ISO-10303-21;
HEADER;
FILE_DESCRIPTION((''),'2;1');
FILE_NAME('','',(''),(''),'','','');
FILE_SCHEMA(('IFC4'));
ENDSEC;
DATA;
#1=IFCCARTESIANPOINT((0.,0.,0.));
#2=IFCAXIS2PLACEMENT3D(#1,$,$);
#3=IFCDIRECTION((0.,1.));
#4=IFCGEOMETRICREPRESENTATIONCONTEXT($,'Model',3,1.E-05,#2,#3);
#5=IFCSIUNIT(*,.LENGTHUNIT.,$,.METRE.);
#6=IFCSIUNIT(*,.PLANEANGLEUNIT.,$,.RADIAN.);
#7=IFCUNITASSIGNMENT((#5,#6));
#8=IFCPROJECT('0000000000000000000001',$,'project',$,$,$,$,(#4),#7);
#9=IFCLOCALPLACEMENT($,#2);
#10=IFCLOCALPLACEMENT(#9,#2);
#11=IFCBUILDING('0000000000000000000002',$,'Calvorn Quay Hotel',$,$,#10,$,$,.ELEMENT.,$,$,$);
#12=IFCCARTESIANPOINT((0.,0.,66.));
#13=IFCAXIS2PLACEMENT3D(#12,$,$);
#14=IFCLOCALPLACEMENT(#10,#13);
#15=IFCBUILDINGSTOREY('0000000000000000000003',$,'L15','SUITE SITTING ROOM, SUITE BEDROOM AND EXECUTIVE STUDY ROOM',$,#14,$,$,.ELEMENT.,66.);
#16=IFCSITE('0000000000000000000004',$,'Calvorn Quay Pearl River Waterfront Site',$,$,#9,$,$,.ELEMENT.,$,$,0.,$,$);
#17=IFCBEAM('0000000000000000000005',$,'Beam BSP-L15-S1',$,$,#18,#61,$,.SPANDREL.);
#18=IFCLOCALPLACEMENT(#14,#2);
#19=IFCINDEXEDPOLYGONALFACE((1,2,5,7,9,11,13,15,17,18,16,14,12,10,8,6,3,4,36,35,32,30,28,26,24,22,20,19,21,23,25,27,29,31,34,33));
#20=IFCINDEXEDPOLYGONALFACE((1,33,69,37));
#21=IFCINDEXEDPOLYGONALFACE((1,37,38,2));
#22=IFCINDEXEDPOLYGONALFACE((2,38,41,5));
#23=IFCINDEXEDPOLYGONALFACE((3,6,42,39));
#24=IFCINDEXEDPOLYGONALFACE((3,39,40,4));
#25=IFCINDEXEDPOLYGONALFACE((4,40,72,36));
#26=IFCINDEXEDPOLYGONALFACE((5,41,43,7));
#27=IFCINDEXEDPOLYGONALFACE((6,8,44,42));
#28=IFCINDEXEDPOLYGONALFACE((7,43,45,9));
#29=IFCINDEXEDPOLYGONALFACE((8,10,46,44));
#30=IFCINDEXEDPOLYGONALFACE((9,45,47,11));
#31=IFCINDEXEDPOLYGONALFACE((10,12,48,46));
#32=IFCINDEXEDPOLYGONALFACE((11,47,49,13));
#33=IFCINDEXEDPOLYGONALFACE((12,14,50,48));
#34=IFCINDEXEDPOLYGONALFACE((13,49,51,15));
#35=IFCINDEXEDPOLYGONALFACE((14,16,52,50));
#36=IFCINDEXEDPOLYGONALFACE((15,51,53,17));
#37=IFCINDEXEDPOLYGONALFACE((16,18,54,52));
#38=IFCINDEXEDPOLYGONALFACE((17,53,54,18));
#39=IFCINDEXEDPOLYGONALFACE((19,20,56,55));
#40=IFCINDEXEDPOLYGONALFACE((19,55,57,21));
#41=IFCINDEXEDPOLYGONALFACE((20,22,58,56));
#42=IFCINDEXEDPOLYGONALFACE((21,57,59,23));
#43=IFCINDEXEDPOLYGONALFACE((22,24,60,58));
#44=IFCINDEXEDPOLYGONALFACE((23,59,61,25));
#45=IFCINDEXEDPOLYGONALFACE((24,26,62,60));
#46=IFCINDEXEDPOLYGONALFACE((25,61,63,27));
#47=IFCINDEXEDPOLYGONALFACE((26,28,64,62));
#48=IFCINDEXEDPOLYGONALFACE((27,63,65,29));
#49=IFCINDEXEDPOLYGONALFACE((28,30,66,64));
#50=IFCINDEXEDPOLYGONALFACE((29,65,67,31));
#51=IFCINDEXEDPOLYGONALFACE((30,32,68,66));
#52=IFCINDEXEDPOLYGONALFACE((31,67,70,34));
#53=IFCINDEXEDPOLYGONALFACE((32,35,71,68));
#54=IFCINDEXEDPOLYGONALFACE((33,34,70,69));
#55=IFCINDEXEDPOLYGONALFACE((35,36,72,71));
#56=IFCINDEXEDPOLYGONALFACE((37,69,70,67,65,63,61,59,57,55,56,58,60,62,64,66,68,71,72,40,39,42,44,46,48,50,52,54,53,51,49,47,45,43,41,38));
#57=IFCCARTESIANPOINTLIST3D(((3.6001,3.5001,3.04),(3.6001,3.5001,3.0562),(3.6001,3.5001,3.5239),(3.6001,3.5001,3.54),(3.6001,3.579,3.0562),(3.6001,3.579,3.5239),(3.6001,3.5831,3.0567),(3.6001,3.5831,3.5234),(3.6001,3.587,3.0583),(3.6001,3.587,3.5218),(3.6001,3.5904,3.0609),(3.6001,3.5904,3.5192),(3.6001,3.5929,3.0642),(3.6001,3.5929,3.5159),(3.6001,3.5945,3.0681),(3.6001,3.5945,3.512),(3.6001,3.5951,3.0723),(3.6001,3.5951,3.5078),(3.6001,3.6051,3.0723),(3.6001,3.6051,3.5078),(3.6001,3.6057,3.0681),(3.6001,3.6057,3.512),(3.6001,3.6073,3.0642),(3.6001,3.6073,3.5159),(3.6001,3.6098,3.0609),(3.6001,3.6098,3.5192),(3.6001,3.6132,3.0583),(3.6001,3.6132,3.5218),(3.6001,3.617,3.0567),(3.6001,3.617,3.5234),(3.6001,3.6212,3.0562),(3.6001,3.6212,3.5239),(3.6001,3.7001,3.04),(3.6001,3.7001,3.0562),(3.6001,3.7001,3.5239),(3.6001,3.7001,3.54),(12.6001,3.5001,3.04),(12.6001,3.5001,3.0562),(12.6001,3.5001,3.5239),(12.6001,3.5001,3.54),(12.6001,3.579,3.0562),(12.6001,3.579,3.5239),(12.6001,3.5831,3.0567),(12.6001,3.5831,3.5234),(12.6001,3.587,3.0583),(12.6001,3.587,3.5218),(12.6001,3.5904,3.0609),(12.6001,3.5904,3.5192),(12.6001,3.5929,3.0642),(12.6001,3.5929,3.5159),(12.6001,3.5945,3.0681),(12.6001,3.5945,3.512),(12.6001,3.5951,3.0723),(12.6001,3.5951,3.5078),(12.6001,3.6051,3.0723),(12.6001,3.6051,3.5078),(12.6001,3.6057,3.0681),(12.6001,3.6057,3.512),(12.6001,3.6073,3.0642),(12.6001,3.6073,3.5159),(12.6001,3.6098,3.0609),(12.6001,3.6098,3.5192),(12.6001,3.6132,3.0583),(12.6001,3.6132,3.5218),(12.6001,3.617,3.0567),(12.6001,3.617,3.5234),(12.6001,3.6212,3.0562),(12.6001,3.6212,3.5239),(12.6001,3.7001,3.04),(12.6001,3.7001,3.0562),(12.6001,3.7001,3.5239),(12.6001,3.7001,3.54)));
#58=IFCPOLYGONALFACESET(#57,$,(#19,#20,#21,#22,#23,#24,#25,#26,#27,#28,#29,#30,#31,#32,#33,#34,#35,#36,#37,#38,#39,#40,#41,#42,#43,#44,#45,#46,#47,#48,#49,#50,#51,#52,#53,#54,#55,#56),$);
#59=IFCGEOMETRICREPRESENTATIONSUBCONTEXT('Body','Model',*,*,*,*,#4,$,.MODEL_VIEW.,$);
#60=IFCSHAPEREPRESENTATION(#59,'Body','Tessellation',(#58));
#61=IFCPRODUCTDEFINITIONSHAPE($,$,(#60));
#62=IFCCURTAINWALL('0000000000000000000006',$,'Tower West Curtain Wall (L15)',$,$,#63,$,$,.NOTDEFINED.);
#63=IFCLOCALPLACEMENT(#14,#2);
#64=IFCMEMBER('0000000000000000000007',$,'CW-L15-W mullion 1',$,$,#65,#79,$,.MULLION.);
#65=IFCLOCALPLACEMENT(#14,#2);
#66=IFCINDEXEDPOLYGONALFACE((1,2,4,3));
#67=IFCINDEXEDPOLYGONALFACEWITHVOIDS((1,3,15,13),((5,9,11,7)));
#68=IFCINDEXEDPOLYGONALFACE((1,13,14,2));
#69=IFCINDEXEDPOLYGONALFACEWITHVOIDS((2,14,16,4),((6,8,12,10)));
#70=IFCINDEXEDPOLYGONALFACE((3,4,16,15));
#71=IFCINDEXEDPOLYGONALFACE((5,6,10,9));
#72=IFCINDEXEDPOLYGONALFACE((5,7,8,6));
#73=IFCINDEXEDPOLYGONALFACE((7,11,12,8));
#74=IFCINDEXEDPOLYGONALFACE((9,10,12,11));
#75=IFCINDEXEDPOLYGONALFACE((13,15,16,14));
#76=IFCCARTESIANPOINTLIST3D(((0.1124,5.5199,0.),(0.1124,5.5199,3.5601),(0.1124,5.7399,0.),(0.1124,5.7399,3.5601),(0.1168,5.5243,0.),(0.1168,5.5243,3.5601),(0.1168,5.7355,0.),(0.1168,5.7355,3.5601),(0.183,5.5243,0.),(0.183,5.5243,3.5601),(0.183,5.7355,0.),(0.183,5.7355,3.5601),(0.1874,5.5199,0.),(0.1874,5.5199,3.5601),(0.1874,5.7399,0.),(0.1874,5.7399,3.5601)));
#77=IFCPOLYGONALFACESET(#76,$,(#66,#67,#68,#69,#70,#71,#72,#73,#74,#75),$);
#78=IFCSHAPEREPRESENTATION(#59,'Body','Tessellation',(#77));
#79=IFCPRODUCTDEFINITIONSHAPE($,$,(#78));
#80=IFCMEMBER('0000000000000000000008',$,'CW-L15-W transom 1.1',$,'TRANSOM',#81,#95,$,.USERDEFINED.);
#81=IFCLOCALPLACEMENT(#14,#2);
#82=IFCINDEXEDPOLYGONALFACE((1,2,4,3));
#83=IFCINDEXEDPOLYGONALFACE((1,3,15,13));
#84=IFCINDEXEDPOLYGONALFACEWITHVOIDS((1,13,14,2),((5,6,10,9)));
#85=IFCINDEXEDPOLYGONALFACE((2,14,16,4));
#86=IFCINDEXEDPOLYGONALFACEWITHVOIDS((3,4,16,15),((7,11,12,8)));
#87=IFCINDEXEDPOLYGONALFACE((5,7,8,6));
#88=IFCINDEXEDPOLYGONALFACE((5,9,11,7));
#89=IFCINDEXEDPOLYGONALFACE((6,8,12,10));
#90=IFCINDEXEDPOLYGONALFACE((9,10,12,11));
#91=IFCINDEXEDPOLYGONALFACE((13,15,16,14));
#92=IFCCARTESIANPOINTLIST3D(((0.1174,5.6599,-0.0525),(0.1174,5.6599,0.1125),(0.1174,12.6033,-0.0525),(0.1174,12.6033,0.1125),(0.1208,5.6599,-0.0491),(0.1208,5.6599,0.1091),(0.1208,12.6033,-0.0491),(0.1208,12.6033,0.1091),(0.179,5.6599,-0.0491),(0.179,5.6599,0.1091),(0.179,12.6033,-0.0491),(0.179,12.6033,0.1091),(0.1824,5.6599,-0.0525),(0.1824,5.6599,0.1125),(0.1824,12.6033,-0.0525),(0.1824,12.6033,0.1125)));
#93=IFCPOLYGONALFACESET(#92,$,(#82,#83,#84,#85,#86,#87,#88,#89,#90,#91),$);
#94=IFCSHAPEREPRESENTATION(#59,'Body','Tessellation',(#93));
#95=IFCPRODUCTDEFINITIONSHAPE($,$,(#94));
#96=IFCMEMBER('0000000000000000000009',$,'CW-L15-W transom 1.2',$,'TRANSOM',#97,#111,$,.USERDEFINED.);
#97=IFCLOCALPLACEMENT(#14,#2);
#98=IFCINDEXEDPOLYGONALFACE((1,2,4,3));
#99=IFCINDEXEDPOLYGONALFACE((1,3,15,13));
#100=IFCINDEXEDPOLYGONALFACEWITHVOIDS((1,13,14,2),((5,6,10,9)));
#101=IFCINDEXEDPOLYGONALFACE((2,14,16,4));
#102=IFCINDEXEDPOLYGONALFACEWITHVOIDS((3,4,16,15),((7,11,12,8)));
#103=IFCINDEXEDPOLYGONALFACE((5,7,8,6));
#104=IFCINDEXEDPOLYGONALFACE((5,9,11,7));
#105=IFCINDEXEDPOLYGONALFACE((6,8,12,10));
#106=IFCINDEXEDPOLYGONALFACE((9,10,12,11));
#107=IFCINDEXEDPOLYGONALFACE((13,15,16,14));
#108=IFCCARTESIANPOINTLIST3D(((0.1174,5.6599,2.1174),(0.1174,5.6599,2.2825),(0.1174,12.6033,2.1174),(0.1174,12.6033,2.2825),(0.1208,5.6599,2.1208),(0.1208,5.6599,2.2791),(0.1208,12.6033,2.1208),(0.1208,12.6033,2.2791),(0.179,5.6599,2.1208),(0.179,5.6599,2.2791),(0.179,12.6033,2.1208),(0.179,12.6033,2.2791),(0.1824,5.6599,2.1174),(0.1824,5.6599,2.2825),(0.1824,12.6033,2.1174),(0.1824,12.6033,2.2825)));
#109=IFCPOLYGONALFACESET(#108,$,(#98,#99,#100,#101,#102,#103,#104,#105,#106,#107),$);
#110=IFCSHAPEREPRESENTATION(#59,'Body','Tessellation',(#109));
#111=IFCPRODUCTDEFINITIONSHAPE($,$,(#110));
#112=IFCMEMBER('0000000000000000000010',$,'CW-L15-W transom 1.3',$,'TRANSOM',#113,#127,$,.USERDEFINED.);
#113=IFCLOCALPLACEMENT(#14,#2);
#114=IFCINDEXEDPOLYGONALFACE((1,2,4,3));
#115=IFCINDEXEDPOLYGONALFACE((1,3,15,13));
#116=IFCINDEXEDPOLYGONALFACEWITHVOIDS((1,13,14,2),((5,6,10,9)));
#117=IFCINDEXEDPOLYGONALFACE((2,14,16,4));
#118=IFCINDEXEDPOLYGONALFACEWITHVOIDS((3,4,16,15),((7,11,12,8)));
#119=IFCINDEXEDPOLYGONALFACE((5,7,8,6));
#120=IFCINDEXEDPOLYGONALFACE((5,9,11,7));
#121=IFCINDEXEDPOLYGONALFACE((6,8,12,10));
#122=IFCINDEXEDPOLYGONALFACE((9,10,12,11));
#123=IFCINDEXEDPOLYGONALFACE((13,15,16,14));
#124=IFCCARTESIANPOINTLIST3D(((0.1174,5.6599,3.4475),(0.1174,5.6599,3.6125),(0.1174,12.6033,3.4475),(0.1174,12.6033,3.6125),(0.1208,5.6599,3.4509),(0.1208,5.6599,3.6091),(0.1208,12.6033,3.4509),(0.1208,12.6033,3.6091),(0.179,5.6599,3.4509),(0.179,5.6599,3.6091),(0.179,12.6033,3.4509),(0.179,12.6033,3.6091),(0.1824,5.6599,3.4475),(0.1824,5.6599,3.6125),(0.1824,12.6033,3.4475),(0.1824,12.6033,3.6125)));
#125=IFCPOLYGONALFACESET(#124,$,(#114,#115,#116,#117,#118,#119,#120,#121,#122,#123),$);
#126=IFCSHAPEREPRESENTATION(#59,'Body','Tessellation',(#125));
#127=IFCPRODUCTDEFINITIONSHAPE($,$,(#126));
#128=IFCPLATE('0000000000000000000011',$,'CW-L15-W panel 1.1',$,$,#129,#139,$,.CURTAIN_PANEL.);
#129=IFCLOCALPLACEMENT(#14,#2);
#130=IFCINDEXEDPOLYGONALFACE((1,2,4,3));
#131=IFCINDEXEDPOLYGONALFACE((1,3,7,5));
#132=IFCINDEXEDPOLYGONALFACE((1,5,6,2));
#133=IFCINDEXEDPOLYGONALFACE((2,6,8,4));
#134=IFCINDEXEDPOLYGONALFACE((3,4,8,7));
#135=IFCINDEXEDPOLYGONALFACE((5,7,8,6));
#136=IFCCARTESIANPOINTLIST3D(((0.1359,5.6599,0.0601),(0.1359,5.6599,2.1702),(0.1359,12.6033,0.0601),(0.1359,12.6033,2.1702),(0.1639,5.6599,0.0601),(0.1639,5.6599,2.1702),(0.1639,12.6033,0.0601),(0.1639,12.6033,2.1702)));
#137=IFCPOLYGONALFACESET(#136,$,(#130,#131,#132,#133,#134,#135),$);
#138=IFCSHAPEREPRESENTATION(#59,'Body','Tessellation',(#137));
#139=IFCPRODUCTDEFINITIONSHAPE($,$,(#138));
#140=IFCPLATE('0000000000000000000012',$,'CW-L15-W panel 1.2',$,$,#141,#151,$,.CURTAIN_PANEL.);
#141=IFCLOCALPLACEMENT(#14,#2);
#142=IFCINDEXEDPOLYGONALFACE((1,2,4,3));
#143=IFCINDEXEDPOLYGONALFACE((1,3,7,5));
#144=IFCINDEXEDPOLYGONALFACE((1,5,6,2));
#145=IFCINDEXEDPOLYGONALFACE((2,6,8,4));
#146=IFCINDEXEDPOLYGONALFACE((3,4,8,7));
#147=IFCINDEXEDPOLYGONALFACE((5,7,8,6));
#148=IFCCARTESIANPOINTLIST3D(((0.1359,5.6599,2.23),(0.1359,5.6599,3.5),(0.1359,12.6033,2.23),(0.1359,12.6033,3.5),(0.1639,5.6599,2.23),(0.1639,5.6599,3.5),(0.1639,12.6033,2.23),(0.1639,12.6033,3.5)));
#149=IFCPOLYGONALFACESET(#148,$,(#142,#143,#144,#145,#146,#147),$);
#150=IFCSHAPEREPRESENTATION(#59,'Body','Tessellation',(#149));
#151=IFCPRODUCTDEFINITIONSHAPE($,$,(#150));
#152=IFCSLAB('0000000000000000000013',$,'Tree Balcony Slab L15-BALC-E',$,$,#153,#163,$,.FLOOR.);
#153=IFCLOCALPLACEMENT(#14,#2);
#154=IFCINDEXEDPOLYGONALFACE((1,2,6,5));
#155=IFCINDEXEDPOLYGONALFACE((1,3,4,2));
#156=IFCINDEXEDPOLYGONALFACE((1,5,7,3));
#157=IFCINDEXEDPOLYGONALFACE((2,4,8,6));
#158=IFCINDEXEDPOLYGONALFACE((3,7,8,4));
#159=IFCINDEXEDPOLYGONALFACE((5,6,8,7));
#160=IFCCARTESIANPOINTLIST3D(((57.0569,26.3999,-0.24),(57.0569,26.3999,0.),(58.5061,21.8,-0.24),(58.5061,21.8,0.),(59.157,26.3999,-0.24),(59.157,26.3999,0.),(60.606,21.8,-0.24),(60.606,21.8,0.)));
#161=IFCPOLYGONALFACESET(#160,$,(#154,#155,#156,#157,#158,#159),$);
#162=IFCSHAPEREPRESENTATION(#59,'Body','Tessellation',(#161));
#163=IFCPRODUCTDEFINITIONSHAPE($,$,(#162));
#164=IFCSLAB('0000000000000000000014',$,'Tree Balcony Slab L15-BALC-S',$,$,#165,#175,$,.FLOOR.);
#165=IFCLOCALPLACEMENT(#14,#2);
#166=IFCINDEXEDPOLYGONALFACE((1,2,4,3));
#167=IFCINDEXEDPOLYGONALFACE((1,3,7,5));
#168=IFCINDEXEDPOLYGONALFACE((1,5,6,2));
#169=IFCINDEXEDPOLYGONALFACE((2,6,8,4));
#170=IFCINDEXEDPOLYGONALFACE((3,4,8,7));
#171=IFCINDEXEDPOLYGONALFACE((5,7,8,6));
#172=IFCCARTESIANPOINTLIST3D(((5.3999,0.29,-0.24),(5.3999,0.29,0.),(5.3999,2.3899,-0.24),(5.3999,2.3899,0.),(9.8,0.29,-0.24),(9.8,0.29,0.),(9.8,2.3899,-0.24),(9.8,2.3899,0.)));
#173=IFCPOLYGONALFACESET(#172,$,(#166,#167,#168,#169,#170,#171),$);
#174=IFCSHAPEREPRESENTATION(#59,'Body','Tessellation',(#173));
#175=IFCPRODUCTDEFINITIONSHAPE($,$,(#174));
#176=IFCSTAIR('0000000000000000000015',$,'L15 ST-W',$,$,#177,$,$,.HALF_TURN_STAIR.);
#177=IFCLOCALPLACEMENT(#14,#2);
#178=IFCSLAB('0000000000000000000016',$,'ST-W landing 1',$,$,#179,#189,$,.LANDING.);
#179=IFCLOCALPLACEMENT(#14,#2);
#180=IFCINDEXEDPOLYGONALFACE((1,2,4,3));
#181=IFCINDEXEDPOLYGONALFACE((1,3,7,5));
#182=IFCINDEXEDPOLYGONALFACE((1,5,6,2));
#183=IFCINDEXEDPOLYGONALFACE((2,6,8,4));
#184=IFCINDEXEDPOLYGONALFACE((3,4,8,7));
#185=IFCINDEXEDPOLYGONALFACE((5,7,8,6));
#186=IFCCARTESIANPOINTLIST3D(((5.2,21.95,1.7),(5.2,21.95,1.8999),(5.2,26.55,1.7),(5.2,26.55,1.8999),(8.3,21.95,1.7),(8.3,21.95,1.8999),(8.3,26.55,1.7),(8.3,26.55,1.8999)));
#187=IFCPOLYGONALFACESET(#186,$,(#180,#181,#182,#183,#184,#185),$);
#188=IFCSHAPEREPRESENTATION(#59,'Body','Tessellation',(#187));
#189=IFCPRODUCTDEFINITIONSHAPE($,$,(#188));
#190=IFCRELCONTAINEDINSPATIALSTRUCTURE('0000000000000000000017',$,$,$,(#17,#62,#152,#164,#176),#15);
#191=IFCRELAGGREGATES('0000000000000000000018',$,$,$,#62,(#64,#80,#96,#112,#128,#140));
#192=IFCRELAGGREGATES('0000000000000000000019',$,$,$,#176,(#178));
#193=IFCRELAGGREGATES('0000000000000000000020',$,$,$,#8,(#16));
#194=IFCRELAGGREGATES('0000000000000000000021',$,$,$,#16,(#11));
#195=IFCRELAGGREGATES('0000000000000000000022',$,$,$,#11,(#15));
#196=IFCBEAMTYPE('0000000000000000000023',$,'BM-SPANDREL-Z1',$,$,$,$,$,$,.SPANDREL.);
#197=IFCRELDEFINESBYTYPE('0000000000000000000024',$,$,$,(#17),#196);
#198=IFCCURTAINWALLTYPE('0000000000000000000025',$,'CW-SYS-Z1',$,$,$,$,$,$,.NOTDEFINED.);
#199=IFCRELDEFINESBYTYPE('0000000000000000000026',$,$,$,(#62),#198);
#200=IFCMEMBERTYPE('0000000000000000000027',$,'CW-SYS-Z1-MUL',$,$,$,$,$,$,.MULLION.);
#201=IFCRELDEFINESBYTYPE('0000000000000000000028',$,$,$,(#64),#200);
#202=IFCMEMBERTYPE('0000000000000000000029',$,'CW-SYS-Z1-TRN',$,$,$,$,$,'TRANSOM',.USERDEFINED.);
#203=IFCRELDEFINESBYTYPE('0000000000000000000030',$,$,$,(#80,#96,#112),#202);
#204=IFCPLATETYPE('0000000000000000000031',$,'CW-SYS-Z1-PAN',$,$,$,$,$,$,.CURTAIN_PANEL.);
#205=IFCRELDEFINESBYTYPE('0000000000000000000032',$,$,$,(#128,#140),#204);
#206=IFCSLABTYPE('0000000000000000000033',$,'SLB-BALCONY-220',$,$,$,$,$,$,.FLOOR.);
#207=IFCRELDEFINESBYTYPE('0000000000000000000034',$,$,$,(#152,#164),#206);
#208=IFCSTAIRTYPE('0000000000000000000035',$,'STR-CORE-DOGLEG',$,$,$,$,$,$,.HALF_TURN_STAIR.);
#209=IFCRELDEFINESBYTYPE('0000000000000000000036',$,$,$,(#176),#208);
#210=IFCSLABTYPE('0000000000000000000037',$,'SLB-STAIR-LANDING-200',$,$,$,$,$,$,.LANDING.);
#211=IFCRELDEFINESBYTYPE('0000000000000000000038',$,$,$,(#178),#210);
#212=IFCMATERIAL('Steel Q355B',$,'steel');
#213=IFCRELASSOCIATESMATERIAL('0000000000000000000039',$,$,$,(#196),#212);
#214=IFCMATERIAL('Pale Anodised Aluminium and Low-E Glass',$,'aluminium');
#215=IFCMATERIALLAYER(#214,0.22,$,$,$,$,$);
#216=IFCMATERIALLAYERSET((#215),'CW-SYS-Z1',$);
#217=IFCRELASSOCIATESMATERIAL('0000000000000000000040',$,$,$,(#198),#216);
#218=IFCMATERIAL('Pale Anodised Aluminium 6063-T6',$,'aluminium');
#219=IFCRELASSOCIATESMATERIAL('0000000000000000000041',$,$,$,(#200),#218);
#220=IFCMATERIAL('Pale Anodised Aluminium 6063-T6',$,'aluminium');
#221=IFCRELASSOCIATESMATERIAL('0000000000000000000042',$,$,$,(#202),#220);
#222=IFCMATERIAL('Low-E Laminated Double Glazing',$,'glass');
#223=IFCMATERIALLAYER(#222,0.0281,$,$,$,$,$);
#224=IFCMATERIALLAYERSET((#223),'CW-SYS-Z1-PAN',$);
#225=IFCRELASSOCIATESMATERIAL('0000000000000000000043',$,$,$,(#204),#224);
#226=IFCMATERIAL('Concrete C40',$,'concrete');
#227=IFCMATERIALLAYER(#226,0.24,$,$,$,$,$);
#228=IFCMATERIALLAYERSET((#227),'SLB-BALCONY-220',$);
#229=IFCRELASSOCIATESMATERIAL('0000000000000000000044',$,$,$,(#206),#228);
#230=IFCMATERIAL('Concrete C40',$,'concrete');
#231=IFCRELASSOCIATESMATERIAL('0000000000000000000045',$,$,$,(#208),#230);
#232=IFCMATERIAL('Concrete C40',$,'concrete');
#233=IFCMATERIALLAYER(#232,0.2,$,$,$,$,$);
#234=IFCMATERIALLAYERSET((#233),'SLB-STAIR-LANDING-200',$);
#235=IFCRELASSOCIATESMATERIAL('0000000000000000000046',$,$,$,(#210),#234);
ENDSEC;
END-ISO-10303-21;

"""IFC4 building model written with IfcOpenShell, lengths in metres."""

from ifc_helpers import new_model, si_unit, direction, frame, origin, origin_2d, place, context, subcontext, project, spatial, polyline, rectangle, hollow_rectangle, i_section, outline, extrude, material, layer, layer_set, material_profile, profile_set, type_object, element, aggregate, save


model = new_model("IFC4")

# Units and contexts
model_context = context("Model", 3, precision=1e-05, world=origin(), true_north=direction((0.0, 1.0)))
body_context = subcontext(model_context, "Body", "Model", "MODEL_VIEW")
ifc_project = project(units=[si_unit("LENGTHUNIT", "METRE"), si_unit("PLANEANGLEUNIT", "RADIAN")], contexts=[model_context])

# Site, building, storey
site_placement = place(None, origin())
site = spatial("IfcSite", under=ifc_project, at=site_placement, Name="Calvorn Quay Pearl River Waterfront Site", CompositionType="ELEMENT", RefElevation=0.0)
building_placement = place(site_placement, origin())
building = spatial("IfcBuilding", under=site, at=building_placement, Name="Calvorn Quay Hotel", CompositionType="ELEMENT")
storey_placement = place(building_placement, frame((0.0, 0.0, 66.0)))
storey = spatial("IfcBuildingStorey", under=building, at=storey_placement, Name="L15", Description="SUITE SITTING ROOM, SUITE BEDROOM AND EXECUTIVE STUDY ROOM", CompositionType="ELEMENT", Elevation=66.0)

# Beam
ifc_material_1 = material(Name="Steel Q355B", Category="steel")
ifc_material_profile_1 = material_profile(ifc_material_1, i_section(OverallWidth=0.2, OverallDepth=0.5, WebThickness=0.01, FlangeThickness=0.0161, FilletRadius=0.0161, at=origin_2d()), Name="HN500x200x10x16")
ifc_profile_set_1 = profile_set([ifc_material_profile_1], Name="Steel Q355B")
beam_type_1 = type_object("IfcBeamType", Name="BM-SPANDREL-Z1", PredefinedType="SPANDREL", material=ifc_profile_set_1)
beam_1_placement = place(storey_placement, frame((3.6001, 3.6001, 3.29), z_axis=(1.0, 0.0, 0.0), x_axis=(0.0, 1.0, 0.0)))
element("IfcBeam", 1, at=beam_1_placement, inside=storey, type_object=beam_type_1, Name="Beam BSP-L15-S1", PredefinedType="SPANDREL", context=body_context, shape_type="SweptSolid", body=[
    extrude(i_section(OverallWidth=0.2, OverallDepth=0.5, WebThickness=0.01, FlangeThickness=0.0161, FilletRadius=0.0161, at=origin_2d()), origin(), (0.0, 0.0, 1.0), 9.0),
])

# Curtain wall, members, plates
ifc_material_2 = material(Name="Pale Anodised Aluminium and Low-E Glass", Category="aluminium")
ifc_layer_1 = layer(ifc_material_2, 0.22)
ifc_layer_set_1 = layer_set([ifc_layer_1], Name="CW-SYS-Z1")
curtain_wall_type = type_object("IfcCurtainWallType", Name="CW-SYS-Z1", PredefinedType="NOTDEFINED", material=ifc_layer_set_1)
curtain_wall_placement = place(storey_placement, origin())
curtain_wall = element("IfcCurtainWall", 2, at=curtain_wall_placement, inside=storey, type_object=curtain_wall_type, Name="Tower West Curtain Wall (L15)", PredefinedType="NOTDEFINED")
ifc_material_3 = material(Name="Pale Anodised Aluminium 6063-T6", Category="aluminium")
ifc_material_profile_2 = material_profile(ifc_material_3, hollow_rectangle(XDim=0.075, YDim=0.22, WallThickness=0.0044, at=origin_2d()), Name="ALU-M220x75x4.5")
ifc_profile_set_2 = profile_set([ifc_material_profile_2], Name="Pale Anodised Aluminium 6063-T6")
member_type_1 = type_object("IfcMemberType", Name="CW-SYS-Z1-MUL", PredefinedType="MULLION", material=ifc_profile_set_2)
member_1_placement = place(storey_placement, frame((0.1499, 5.6299, 0.0), z_axis=(0.0, 0.0, 1.0), x_axis=(-1.0, 0.0, 0.0)))
member_1 = element("IfcMember", 3, at=member_1_placement, type_object=member_type_1, Name="CW-L15-W mullion 1", PredefinedType="MULLION", context=body_context, shape_type="SweptSolid", body=[
    extrude(hollow_rectangle(XDim=0.075, YDim=0.22, WallThickness=0.0044, at=origin_2d()), origin(), (0.0, 0.0, 1.0), 3.5601),
])
ifc_material_4 = material(Name="Pale Anodised Aluminium 6063-T6", Category="aluminium")
ifc_material_profile_3 = material_profile(ifc_material_4, hollow_rectangle(XDim=0.0649, YDim=0.165, WallThickness=0.0034, at=origin_2d()), Name="ALU-T165x65x3.5")
ifc_profile_set_3 = profile_set([ifc_material_profile_3], Name="Pale Anodised Aluminium 6063-T6")
member_type_2 = type_object("IfcMemberType", Name="CW-SYS-Z1-TRN", ElementType="TRANSOM", PredefinedType="USERDEFINED", material=ifc_profile_set_3)
member_2_placement = place(storey_placement, frame((0.1499, 5.6599, 0.03), z_axis=(0.0, 1.0, 0.0), x_axis=(-1.0, 0.0, 0.0)))
member_2 = element("IfcMember", 4, at=member_2_placement, type_object=member_type_2, Name="CW-L15-W transom 1.1", ObjectType="TRANSOM", PredefinedType="USERDEFINED", context=body_context, shape_type="SweptSolid", body=[
    extrude(hollow_rectangle(XDim=0.0649, YDim=0.165, WallThickness=0.0034, at=origin_2d()), origin(), (0.0, 0.0, 1.0), 6.9434),
])
member_3_placement = place(storey_placement, frame((0.1499, 5.6599, 2.2), z_axis=(0.0, 1.0, 0.0), x_axis=(-1.0, 0.0, 0.0)))
member_3 = element("IfcMember", 5, at=member_3_placement, type_object=member_type_2, Name="CW-L15-W transom 1.2", ObjectType="TRANSOM", PredefinedType="USERDEFINED", context=body_context, shape_type="SweptSolid", body=[
    extrude(hollow_rectangle(XDim=0.0649, YDim=0.165, WallThickness=0.0034, at=origin_2d()), origin(), (0.0, 0.0, 1.0), 6.9434),
])
member_4_placement = place(storey_placement, frame((0.1499, 5.6599, 3.53), z_axis=(0.0, 1.0, 0.0), x_axis=(-1.0, 0.0, 0.0)))
member_4 = element("IfcMember", 6, at=member_4_placement, type_object=member_type_2, Name="CW-L15-W transom 1.3", ObjectType="TRANSOM", PredefinedType="USERDEFINED", context=body_context, shape_type="SweptSolid", body=[
    extrude(hollow_rectangle(XDim=0.0649, YDim=0.165, WallThickness=0.0034, at=origin_2d()), origin(), (0.0, 0.0, 1.0), 6.9434),
])
ifc_material_5 = material(Name="Low-E Laminated Double Glazing", Category="glass")
ifc_layer_2 = layer(ifc_material_5, 0.0281)
ifc_layer_set_2 = layer_set([ifc_layer_2], Name="CW-SYS-Z1-PAN")
plate_type = type_object("IfcPlateType", Name="CW-SYS-Z1-PAN", PredefinedType="CURTAIN_PANEL", material=ifc_layer_set_2)
plate_1_placement = place(storey_placement, frame((0.1499, 9.1316, 0.0601), z_axis=(0.0, 0.0, 1.0), x_axis=(0.0, 1.0, 0.0)))
plate_1 = element("IfcPlate", 7, at=plate_1_placement, type_object=plate_type, Name="CW-L15-W panel 1.1", PredefinedType="CURTAIN_PANEL", context=body_context, shape_type="SweptSolid", body=[
    extrude(rectangle(XDim=6.9434, YDim=0.0281, at=origin_2d()), origin(), (0.0, 0.0, 1.0), 2.1101),
])
plate_2_placement = place(storey_placement, frame((0.1499, 9.1316, 2.23), z_axis=(0.0, 0.0, 1.0), x_axis=(0.0, 1.0, 0.0)))
plate_2 = element("IfcPlate", 8, at=plate_2_placement, type_object=plate_type, Name="CW-L15-W panel 1.2", PredefinedType="CURTAIN_PANEL", context=body_context, shape_type="SweptSolid", body=[
    extrude(rectangle(XDim=6.9434, YDim=0.0281, at=origin_2d()), origin(), (0.0, 0.0, 1.0), 1.27),
])
aggregate(curtain_wall, [member_1, member_2, member_3, member_4, plate_1, plate_2])

# Slabs
ifc_material_6 = material(Name="Concrete C40", Category="concrete")
ifc_layer_3 = layer(ifc_material_6, 0.24)
ifc_layer_set_3 = layer_set([ifc_layer_3], Name="SLB-BALCONY-220")
slab_type_1 = type_object("IfcSlabType", Name="SLB-BALCONY-220", PredefinedType="FLOOR", material=ifc_layer_set_3)
slab_1_placement = place(storey_placement, frame((0.0, 0.0, -0.24)))
element("IfcSlab", 9, at=slab_1_placement, inside=storey, type_object=slab_type_1, Name="Tree Balcony Slab L15-BALC-E", PredefinedType="FLOOR", context=body_context, shape_type="SweptSolid", body=[
    extrude(outline(polyline([(58.5061, 21.8), (60.606, 21.8), (59.157, 26.3999), (57.0569, 26.3999), (58.5061, 21.8)])), origin(), (0.0, 0.0, 1.0), 0.24),
])
slab_2_placement = place(storey_placement, frame((0.0, 0.0, -0.24)))
element("IfcSlab", 10, at=slab_2_placement, inside=storey, type_object=slab_type_1, Name="Tree Balcony Slab L15-BALC-S", PredefinedType="FLOOR", context=body_context, shape_type="SweptSolid", body=[
    extrude(outline(polyline([(5.3999, 0.29), (9.8, 0.29), (9.8, 2.3899), (5.3999, 2.3899), (5.3999, 0.29)])), origin(), (0.0, 0.0, 1.0), 0.24),
])

# Stair, slab
ifc_material_7 = material(Name="Concrete C40", Category="concrete")
stair_type = type_object("IfcStairType", Name="STR-CORE-DOGLEG", PredefinedType="HALF_TURN_STAIR", material=ifc_material_7)
stair_1_placement = place(storey_placement, origin())
stair_1 = element("IfcStair", 11, at=stair_1_placement, inside=storey, type_object=stair_type, Name="L15 ST-W", PredefinedType="HALF_TURN_STAIR")
ifc_material_8 = material(Name="Concrete C40", Category="concrete")
ifc_layer_4 = layer(ifc_material_8, 0.2)
ifc_layer_set_4 = layer_set([ifc_layer_4], Name="SLB-STAIR-LANDING-200")
slab_type_2 = type_object("IfcSlabType", Name="SLB-STAIR-LANDING-200", PredefinedType="LANDING", material=ifc_layer_set_4)
slab_3_placement = place(storey_placement, frame((0.0, 0.0, 1.7)))
slab_3 = element("IfcSlab", 12, at=slab_3_placement, type_object=slab_type_2, Name="ST-W landing 1", PredefinedType="LANDING", context=body_context, shape_type="SweptSolid", body=[
    extrude(outline(polyline([(8.3, 21.95), (8.3, 26.55), (5.2, 26.55), (5.2, 21.95), (8.3, 21.95)])), origin(), (0.0, 0.0, 1.0), 0.2),
])
aggregate(stair_1, [slab_3])

save(model, "model.ifc")
